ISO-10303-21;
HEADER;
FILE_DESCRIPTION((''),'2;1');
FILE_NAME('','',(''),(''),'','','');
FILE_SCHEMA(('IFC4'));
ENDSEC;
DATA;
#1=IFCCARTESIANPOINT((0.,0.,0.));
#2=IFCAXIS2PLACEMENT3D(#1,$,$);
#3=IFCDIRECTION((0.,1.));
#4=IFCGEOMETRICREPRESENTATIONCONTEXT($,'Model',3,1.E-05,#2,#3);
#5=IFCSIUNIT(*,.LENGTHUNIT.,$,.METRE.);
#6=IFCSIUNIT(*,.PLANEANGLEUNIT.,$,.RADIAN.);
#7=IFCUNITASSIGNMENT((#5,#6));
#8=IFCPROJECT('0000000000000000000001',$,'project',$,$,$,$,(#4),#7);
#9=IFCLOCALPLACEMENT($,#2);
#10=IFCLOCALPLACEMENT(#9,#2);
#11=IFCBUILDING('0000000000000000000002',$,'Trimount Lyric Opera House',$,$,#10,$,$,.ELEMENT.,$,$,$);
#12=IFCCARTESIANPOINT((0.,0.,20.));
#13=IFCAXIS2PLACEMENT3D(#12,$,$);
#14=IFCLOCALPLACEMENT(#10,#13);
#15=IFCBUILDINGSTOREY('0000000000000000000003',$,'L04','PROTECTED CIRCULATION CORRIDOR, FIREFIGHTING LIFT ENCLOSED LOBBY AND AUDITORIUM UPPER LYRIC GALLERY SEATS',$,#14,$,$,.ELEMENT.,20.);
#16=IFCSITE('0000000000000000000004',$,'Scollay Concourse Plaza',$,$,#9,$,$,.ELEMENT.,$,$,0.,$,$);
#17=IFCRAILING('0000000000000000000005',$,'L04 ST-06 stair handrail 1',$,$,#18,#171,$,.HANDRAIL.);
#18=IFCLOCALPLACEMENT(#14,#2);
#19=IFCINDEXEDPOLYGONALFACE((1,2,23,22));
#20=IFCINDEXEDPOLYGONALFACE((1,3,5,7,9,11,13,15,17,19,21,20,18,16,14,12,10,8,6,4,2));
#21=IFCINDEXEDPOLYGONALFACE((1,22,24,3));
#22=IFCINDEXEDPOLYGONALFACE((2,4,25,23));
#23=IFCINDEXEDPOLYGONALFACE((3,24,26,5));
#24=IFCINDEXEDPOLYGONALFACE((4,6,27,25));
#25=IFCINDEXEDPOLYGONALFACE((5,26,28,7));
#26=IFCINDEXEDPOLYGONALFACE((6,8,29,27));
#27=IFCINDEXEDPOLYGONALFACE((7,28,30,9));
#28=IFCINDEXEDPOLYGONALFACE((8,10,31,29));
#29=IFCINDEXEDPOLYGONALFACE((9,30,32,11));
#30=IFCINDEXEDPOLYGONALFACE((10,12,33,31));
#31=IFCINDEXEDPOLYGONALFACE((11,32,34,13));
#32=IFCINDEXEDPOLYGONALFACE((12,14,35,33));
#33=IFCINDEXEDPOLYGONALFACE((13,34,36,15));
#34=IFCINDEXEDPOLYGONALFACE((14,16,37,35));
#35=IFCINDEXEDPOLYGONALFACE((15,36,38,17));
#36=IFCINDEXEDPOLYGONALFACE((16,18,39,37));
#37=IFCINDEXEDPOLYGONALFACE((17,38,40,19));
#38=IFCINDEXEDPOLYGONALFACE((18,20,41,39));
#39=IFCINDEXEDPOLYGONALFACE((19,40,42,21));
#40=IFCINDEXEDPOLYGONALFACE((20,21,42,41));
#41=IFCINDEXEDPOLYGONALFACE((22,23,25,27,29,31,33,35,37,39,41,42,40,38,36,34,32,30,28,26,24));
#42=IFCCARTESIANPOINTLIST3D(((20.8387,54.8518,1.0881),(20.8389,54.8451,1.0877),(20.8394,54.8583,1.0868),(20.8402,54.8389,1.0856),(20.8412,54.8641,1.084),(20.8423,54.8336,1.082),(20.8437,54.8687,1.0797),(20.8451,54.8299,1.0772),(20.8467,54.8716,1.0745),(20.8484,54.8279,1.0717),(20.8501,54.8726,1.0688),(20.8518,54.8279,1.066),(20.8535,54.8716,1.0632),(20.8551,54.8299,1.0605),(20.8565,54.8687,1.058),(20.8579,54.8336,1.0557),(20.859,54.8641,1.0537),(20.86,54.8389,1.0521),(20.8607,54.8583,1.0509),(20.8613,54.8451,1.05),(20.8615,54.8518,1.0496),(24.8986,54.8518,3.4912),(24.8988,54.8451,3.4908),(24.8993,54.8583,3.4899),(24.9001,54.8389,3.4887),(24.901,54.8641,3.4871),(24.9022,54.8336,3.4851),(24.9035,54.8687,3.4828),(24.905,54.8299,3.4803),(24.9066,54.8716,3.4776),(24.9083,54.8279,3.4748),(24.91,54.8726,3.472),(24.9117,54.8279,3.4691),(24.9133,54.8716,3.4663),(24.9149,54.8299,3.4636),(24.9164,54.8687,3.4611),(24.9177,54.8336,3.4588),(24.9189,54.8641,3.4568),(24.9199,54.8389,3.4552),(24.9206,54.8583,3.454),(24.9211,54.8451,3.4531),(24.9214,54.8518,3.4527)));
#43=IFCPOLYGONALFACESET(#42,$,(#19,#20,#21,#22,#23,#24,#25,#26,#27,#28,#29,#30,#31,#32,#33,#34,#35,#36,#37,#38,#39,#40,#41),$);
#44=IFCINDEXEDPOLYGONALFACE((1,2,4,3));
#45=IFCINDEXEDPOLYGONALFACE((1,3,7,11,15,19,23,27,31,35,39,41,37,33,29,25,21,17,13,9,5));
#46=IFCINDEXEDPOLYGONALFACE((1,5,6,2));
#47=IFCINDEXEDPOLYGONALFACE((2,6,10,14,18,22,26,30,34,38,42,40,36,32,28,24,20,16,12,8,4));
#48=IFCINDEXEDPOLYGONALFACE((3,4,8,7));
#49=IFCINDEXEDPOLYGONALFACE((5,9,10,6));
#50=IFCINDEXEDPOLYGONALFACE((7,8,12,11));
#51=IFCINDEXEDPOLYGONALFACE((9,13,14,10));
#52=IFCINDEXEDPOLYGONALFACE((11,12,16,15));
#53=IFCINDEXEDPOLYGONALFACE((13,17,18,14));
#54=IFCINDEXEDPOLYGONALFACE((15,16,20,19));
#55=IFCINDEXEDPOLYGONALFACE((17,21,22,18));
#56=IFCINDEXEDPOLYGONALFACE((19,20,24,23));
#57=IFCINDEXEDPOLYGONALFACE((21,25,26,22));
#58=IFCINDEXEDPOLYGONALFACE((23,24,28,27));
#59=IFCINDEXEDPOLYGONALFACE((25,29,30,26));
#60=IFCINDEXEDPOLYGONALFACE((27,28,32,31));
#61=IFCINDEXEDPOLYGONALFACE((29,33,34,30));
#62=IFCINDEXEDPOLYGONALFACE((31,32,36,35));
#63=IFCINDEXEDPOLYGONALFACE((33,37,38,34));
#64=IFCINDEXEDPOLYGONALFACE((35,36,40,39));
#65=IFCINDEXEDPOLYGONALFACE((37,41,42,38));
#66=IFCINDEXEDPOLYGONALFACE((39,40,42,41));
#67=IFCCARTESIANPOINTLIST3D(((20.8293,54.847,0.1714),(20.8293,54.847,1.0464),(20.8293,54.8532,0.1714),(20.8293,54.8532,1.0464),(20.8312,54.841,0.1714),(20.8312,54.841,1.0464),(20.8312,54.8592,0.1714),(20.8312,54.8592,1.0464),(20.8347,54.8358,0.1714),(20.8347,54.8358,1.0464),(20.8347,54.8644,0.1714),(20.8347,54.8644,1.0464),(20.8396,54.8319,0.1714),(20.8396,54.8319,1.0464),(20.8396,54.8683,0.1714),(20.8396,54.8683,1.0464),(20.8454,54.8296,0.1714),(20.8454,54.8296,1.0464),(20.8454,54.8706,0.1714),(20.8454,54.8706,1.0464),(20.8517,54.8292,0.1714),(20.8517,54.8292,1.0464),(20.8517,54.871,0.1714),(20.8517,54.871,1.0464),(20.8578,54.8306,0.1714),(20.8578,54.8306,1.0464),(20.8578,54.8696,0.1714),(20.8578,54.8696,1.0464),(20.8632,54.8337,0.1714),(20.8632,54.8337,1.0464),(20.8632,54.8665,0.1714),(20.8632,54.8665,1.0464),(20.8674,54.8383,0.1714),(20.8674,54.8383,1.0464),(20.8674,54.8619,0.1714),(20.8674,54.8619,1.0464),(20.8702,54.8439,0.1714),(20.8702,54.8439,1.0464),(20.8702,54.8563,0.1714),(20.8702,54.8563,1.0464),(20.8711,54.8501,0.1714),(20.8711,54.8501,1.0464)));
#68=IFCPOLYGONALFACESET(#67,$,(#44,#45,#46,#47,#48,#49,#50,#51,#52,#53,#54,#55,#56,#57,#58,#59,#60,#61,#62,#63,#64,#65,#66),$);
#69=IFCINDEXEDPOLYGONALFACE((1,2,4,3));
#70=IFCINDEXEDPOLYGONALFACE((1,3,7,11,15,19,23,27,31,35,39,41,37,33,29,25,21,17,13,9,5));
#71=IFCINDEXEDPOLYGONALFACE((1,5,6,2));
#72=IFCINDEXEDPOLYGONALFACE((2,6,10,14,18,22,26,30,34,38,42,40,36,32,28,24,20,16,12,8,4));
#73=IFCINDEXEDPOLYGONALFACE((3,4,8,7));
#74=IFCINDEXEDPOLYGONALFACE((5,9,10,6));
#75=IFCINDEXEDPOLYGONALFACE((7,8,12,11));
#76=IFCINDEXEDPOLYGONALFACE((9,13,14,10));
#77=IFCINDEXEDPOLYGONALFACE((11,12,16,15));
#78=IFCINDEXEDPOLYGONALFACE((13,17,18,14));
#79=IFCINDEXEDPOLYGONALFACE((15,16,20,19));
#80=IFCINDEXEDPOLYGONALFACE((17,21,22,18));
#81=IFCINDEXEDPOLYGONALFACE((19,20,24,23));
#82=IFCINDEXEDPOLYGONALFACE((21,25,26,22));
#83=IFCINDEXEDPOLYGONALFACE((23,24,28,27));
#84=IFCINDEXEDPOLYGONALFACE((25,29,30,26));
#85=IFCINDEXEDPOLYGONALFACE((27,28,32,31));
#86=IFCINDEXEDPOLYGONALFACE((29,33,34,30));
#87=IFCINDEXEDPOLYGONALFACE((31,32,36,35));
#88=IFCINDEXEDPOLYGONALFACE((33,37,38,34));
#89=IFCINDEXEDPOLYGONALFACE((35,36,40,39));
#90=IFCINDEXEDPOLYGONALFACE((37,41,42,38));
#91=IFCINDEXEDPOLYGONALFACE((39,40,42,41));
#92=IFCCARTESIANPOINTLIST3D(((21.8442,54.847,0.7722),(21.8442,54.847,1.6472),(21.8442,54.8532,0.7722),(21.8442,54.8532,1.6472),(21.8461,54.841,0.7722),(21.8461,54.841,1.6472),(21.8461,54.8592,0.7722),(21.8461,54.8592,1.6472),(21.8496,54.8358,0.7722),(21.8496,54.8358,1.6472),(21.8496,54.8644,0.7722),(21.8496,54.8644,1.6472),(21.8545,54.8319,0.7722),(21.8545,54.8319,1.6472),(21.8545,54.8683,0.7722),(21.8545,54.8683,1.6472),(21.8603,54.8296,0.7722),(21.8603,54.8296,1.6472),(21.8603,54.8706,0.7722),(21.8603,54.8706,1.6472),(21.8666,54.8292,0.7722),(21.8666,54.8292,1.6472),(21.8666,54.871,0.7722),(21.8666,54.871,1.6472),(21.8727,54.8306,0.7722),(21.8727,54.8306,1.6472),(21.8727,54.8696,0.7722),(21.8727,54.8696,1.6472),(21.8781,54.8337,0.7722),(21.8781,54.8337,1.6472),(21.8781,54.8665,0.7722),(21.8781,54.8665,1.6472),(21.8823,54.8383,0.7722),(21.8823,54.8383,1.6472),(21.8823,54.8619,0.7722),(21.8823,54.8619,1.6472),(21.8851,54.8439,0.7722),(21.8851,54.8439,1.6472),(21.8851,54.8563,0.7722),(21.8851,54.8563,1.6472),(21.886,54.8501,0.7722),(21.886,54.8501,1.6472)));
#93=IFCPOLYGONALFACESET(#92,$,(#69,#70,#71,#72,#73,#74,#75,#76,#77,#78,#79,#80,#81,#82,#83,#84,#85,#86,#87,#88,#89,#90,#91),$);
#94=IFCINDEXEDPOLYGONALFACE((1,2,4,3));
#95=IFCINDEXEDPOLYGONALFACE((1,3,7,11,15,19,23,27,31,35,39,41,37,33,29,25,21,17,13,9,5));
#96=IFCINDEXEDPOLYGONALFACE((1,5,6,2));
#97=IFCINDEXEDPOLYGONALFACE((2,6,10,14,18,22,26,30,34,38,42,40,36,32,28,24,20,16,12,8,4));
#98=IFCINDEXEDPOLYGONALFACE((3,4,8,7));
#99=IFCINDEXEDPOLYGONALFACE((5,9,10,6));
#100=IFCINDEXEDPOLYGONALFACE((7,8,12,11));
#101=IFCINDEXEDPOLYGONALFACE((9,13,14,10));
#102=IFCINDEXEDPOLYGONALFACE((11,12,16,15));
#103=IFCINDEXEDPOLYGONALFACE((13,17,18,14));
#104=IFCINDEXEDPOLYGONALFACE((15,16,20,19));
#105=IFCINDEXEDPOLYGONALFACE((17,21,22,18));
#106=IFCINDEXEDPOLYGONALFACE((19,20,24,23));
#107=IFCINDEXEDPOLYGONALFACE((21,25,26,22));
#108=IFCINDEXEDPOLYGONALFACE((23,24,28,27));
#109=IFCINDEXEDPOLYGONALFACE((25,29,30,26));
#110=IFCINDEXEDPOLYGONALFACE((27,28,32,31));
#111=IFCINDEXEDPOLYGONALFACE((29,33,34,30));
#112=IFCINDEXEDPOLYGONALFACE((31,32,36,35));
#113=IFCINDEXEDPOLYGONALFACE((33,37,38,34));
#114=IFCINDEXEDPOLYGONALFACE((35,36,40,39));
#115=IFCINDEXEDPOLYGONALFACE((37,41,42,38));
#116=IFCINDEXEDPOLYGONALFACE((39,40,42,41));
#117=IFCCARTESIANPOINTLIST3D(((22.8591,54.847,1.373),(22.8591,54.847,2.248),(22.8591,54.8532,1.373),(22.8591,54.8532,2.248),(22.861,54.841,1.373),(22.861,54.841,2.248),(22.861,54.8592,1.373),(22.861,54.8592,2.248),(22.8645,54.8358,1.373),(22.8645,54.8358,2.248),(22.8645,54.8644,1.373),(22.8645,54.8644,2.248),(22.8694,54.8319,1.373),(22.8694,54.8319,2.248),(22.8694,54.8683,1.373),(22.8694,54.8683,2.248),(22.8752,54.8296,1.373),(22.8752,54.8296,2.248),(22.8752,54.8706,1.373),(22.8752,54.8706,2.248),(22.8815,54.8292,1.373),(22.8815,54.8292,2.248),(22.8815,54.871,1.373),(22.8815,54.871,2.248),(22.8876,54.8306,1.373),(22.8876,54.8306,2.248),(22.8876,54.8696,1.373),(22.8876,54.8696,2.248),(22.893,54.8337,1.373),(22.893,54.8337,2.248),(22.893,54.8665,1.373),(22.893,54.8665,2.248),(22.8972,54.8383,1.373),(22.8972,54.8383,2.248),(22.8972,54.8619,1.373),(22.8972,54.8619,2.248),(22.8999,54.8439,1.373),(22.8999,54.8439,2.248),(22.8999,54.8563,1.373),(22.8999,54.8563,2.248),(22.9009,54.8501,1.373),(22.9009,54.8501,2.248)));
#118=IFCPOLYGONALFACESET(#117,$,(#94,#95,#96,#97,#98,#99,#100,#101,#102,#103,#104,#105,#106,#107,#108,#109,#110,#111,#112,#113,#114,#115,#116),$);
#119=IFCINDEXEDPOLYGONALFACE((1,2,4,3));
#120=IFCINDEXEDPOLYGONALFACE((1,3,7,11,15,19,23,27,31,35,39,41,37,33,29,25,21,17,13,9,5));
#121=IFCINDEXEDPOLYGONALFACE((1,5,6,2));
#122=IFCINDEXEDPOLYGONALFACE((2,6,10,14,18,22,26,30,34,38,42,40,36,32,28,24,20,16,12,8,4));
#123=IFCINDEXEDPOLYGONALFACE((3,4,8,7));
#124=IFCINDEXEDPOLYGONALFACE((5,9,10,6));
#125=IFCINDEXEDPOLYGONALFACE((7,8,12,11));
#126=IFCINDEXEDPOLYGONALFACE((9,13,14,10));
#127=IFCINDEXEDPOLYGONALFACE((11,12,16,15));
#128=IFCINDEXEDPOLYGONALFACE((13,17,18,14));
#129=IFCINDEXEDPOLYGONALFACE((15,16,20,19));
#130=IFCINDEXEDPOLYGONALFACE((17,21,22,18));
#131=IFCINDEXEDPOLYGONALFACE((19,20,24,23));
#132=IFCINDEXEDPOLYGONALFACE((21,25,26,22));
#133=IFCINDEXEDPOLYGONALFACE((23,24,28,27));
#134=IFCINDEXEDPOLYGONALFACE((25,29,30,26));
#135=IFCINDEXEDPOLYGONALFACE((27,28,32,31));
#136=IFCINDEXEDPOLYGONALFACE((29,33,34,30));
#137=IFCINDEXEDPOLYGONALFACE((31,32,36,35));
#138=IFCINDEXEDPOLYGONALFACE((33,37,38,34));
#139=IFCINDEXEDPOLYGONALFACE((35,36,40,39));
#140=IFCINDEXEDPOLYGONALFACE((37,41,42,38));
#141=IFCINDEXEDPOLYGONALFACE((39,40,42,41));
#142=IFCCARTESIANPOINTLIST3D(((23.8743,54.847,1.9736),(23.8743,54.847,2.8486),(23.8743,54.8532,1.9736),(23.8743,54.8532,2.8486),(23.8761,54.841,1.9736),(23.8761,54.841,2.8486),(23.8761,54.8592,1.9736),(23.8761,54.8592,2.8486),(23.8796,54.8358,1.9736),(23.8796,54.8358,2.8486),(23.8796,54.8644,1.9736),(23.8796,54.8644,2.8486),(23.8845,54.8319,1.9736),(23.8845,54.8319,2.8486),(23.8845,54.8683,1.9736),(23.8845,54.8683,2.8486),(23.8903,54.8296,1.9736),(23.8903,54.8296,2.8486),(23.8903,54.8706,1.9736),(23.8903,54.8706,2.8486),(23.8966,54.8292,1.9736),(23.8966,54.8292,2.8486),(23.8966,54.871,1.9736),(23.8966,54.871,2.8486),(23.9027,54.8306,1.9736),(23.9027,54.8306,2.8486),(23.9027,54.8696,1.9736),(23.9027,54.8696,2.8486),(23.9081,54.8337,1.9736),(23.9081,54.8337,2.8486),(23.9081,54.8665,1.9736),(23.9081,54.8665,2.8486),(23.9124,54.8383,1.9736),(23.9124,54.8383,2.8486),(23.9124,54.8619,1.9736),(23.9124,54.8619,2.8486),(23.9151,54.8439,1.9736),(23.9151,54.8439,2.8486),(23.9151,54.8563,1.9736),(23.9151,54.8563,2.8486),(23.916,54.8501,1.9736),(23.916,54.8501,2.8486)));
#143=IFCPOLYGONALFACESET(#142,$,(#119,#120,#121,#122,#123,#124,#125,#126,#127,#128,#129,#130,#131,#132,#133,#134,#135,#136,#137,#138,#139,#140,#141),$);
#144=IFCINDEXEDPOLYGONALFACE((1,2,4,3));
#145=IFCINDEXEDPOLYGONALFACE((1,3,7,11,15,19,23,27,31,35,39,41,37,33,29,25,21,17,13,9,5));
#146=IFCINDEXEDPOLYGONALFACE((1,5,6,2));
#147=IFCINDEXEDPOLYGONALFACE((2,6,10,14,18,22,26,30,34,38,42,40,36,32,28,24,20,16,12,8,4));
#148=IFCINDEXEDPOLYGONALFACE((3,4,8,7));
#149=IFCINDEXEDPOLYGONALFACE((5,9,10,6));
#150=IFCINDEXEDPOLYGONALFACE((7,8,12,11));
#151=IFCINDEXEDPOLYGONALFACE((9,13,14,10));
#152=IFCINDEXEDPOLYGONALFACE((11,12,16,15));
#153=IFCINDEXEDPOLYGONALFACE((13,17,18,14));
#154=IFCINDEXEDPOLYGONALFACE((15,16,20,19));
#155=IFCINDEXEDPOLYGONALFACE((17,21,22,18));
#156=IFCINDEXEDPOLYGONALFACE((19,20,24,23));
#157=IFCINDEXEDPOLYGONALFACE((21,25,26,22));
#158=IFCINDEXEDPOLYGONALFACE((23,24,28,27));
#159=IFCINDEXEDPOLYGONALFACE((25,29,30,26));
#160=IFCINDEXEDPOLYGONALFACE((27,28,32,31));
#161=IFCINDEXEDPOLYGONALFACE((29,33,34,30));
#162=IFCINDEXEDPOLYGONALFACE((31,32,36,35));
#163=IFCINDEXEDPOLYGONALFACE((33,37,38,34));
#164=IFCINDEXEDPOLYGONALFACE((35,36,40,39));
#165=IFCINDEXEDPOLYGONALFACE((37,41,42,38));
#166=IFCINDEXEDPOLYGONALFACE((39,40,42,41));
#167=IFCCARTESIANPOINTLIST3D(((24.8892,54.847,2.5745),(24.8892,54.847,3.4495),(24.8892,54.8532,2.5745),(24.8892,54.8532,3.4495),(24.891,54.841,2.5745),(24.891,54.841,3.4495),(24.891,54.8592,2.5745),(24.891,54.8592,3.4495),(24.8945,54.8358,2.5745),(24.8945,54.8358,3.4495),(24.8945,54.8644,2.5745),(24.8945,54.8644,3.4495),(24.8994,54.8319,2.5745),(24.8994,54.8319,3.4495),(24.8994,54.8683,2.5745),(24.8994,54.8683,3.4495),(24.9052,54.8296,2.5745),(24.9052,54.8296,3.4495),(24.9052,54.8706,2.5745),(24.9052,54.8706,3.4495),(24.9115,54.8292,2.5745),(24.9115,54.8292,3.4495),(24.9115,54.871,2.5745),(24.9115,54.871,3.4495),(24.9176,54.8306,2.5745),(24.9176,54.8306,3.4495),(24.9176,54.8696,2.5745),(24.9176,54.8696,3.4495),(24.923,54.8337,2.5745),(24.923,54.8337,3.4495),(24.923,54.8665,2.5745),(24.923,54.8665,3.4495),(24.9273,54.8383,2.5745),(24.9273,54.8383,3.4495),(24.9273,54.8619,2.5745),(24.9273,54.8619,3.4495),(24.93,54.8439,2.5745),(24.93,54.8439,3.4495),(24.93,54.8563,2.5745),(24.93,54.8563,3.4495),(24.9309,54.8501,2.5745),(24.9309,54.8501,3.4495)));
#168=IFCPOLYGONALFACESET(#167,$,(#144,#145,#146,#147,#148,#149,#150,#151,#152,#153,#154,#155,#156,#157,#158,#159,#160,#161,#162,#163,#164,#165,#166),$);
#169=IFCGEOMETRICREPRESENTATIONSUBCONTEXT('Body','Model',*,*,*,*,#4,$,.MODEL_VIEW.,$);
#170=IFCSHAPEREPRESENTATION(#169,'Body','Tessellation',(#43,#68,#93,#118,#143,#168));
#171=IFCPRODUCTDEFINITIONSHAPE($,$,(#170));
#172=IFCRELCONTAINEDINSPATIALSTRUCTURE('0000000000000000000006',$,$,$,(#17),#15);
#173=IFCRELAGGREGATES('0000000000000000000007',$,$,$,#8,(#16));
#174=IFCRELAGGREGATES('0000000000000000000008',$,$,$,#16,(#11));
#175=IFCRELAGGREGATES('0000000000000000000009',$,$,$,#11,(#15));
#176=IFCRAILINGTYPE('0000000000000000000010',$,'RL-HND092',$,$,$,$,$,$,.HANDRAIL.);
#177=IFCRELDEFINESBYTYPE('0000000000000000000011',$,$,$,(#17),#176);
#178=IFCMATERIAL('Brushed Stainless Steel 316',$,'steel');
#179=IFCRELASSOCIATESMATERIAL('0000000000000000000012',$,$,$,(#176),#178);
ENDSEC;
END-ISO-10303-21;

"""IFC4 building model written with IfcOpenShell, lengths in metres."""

from ifc_helpers import new_model, si_unit, direction, frame, origin, origin_2d, place, context, subcontext, project, spatial, circle, extrude, material, type_object, element, save


model = new_model("IFC4")

# Units and contexts
model_context = context("Model", 3, precision=1e-05, world=origin(), true_north=direction((0.0, 1.0)))
body_context = subcontext(model_context, "Body", "Model", "MODEL_VIEW")
ifc_project = project(units=[si_unit("LENGTHUNIT", "METRE"), si_unit("PLANEANGLEUNIT", "RADIAN")], contexts=[model_context])

# Site, building, storey
site_placement = place(None, origin())
site = spatial("IfcSite", under=ifc_project, at=site_placement, Name="Scollay Concourse Plaza", CompositionType="ELEMENT", RefElevation=0.0)
building_placement = place(site_placement, origin())
building = spatial("IfcBuilding", under=site, at=building_placement, Name="Trimount Lyric Opera House", CompositionType="ELEMENT")
storey_placement = place(building_placement, frame((0.0, 0.0, 20.0)))
storey = spatial("IfcBuildingStorey", under=building, at=storey_placement, Name="L04", Description="PROTECTED CIRCULATION CORRIDOR, FIREFIGHTING LIFT ENCLOSED LOBBY AND AUDITORIUM UPPER LYRIC GALLERY SEATS", CompositionType="ELEMENT", Elevation=20.0)

# Railing
ifc_material_1 = material(Name="Brushed Stainless Steel 316", Category="steel")
railing_type_1 = type_object("IfcRailingType", Name="RL-HND092", PredefinedType="HANDRAIL", material=ifc_material_1)
railing_1_placement = place(storey_placement, frame((20.8501, 54.8501, 0.1714)))
element("IfcRailing", 1, at=railing_1_placement, inside=storey, type_object=railing_type_1, Name="L04 ST-06 stair handrail 1", PredefinedType="HANDRAIL", context=body_context, shape_type="SweptSolid", body=[
    extrude(circle(Radius=0.0225, at=origin_2d()), frame((0.0, 0.0, 0.8975), z_axis=(0.860546, 0.0, 0.509373), x_axis=(0.0, 1.0, 0.0)), (0.0, 0.0, 1.0), 4.7178),
    extrude(circle(Radius=0.021, at=origin_2d()), origin(), (0.0, 0.0, 1.0), 0.875),
    extrude(circle(Radius=0.021, at=origin_2d()), frame((1.0149, 0.0, 0.6008)), (0.0, 0.0, 1.0), 0.875),
    extrude(circle(Radius=0.021, at=origin_2d()), frame((2.0298, 0.0, 1.2017)), (0.0, 0.0, 1.0), 0.875),
    extrude(circle(Radius=0.021, at=origin_2d()), frame((3.0449, 0.0, 1.8022)), (0.0, 0.0, 1.0), 0.875),
    extrude(circle(Radius=0.021, at=origin_2d()), frame((4.0598, 0.0, 2.4031)), (0.0, 0.0, 1.0), 0.875),
])

save(model, "model.ifc")
